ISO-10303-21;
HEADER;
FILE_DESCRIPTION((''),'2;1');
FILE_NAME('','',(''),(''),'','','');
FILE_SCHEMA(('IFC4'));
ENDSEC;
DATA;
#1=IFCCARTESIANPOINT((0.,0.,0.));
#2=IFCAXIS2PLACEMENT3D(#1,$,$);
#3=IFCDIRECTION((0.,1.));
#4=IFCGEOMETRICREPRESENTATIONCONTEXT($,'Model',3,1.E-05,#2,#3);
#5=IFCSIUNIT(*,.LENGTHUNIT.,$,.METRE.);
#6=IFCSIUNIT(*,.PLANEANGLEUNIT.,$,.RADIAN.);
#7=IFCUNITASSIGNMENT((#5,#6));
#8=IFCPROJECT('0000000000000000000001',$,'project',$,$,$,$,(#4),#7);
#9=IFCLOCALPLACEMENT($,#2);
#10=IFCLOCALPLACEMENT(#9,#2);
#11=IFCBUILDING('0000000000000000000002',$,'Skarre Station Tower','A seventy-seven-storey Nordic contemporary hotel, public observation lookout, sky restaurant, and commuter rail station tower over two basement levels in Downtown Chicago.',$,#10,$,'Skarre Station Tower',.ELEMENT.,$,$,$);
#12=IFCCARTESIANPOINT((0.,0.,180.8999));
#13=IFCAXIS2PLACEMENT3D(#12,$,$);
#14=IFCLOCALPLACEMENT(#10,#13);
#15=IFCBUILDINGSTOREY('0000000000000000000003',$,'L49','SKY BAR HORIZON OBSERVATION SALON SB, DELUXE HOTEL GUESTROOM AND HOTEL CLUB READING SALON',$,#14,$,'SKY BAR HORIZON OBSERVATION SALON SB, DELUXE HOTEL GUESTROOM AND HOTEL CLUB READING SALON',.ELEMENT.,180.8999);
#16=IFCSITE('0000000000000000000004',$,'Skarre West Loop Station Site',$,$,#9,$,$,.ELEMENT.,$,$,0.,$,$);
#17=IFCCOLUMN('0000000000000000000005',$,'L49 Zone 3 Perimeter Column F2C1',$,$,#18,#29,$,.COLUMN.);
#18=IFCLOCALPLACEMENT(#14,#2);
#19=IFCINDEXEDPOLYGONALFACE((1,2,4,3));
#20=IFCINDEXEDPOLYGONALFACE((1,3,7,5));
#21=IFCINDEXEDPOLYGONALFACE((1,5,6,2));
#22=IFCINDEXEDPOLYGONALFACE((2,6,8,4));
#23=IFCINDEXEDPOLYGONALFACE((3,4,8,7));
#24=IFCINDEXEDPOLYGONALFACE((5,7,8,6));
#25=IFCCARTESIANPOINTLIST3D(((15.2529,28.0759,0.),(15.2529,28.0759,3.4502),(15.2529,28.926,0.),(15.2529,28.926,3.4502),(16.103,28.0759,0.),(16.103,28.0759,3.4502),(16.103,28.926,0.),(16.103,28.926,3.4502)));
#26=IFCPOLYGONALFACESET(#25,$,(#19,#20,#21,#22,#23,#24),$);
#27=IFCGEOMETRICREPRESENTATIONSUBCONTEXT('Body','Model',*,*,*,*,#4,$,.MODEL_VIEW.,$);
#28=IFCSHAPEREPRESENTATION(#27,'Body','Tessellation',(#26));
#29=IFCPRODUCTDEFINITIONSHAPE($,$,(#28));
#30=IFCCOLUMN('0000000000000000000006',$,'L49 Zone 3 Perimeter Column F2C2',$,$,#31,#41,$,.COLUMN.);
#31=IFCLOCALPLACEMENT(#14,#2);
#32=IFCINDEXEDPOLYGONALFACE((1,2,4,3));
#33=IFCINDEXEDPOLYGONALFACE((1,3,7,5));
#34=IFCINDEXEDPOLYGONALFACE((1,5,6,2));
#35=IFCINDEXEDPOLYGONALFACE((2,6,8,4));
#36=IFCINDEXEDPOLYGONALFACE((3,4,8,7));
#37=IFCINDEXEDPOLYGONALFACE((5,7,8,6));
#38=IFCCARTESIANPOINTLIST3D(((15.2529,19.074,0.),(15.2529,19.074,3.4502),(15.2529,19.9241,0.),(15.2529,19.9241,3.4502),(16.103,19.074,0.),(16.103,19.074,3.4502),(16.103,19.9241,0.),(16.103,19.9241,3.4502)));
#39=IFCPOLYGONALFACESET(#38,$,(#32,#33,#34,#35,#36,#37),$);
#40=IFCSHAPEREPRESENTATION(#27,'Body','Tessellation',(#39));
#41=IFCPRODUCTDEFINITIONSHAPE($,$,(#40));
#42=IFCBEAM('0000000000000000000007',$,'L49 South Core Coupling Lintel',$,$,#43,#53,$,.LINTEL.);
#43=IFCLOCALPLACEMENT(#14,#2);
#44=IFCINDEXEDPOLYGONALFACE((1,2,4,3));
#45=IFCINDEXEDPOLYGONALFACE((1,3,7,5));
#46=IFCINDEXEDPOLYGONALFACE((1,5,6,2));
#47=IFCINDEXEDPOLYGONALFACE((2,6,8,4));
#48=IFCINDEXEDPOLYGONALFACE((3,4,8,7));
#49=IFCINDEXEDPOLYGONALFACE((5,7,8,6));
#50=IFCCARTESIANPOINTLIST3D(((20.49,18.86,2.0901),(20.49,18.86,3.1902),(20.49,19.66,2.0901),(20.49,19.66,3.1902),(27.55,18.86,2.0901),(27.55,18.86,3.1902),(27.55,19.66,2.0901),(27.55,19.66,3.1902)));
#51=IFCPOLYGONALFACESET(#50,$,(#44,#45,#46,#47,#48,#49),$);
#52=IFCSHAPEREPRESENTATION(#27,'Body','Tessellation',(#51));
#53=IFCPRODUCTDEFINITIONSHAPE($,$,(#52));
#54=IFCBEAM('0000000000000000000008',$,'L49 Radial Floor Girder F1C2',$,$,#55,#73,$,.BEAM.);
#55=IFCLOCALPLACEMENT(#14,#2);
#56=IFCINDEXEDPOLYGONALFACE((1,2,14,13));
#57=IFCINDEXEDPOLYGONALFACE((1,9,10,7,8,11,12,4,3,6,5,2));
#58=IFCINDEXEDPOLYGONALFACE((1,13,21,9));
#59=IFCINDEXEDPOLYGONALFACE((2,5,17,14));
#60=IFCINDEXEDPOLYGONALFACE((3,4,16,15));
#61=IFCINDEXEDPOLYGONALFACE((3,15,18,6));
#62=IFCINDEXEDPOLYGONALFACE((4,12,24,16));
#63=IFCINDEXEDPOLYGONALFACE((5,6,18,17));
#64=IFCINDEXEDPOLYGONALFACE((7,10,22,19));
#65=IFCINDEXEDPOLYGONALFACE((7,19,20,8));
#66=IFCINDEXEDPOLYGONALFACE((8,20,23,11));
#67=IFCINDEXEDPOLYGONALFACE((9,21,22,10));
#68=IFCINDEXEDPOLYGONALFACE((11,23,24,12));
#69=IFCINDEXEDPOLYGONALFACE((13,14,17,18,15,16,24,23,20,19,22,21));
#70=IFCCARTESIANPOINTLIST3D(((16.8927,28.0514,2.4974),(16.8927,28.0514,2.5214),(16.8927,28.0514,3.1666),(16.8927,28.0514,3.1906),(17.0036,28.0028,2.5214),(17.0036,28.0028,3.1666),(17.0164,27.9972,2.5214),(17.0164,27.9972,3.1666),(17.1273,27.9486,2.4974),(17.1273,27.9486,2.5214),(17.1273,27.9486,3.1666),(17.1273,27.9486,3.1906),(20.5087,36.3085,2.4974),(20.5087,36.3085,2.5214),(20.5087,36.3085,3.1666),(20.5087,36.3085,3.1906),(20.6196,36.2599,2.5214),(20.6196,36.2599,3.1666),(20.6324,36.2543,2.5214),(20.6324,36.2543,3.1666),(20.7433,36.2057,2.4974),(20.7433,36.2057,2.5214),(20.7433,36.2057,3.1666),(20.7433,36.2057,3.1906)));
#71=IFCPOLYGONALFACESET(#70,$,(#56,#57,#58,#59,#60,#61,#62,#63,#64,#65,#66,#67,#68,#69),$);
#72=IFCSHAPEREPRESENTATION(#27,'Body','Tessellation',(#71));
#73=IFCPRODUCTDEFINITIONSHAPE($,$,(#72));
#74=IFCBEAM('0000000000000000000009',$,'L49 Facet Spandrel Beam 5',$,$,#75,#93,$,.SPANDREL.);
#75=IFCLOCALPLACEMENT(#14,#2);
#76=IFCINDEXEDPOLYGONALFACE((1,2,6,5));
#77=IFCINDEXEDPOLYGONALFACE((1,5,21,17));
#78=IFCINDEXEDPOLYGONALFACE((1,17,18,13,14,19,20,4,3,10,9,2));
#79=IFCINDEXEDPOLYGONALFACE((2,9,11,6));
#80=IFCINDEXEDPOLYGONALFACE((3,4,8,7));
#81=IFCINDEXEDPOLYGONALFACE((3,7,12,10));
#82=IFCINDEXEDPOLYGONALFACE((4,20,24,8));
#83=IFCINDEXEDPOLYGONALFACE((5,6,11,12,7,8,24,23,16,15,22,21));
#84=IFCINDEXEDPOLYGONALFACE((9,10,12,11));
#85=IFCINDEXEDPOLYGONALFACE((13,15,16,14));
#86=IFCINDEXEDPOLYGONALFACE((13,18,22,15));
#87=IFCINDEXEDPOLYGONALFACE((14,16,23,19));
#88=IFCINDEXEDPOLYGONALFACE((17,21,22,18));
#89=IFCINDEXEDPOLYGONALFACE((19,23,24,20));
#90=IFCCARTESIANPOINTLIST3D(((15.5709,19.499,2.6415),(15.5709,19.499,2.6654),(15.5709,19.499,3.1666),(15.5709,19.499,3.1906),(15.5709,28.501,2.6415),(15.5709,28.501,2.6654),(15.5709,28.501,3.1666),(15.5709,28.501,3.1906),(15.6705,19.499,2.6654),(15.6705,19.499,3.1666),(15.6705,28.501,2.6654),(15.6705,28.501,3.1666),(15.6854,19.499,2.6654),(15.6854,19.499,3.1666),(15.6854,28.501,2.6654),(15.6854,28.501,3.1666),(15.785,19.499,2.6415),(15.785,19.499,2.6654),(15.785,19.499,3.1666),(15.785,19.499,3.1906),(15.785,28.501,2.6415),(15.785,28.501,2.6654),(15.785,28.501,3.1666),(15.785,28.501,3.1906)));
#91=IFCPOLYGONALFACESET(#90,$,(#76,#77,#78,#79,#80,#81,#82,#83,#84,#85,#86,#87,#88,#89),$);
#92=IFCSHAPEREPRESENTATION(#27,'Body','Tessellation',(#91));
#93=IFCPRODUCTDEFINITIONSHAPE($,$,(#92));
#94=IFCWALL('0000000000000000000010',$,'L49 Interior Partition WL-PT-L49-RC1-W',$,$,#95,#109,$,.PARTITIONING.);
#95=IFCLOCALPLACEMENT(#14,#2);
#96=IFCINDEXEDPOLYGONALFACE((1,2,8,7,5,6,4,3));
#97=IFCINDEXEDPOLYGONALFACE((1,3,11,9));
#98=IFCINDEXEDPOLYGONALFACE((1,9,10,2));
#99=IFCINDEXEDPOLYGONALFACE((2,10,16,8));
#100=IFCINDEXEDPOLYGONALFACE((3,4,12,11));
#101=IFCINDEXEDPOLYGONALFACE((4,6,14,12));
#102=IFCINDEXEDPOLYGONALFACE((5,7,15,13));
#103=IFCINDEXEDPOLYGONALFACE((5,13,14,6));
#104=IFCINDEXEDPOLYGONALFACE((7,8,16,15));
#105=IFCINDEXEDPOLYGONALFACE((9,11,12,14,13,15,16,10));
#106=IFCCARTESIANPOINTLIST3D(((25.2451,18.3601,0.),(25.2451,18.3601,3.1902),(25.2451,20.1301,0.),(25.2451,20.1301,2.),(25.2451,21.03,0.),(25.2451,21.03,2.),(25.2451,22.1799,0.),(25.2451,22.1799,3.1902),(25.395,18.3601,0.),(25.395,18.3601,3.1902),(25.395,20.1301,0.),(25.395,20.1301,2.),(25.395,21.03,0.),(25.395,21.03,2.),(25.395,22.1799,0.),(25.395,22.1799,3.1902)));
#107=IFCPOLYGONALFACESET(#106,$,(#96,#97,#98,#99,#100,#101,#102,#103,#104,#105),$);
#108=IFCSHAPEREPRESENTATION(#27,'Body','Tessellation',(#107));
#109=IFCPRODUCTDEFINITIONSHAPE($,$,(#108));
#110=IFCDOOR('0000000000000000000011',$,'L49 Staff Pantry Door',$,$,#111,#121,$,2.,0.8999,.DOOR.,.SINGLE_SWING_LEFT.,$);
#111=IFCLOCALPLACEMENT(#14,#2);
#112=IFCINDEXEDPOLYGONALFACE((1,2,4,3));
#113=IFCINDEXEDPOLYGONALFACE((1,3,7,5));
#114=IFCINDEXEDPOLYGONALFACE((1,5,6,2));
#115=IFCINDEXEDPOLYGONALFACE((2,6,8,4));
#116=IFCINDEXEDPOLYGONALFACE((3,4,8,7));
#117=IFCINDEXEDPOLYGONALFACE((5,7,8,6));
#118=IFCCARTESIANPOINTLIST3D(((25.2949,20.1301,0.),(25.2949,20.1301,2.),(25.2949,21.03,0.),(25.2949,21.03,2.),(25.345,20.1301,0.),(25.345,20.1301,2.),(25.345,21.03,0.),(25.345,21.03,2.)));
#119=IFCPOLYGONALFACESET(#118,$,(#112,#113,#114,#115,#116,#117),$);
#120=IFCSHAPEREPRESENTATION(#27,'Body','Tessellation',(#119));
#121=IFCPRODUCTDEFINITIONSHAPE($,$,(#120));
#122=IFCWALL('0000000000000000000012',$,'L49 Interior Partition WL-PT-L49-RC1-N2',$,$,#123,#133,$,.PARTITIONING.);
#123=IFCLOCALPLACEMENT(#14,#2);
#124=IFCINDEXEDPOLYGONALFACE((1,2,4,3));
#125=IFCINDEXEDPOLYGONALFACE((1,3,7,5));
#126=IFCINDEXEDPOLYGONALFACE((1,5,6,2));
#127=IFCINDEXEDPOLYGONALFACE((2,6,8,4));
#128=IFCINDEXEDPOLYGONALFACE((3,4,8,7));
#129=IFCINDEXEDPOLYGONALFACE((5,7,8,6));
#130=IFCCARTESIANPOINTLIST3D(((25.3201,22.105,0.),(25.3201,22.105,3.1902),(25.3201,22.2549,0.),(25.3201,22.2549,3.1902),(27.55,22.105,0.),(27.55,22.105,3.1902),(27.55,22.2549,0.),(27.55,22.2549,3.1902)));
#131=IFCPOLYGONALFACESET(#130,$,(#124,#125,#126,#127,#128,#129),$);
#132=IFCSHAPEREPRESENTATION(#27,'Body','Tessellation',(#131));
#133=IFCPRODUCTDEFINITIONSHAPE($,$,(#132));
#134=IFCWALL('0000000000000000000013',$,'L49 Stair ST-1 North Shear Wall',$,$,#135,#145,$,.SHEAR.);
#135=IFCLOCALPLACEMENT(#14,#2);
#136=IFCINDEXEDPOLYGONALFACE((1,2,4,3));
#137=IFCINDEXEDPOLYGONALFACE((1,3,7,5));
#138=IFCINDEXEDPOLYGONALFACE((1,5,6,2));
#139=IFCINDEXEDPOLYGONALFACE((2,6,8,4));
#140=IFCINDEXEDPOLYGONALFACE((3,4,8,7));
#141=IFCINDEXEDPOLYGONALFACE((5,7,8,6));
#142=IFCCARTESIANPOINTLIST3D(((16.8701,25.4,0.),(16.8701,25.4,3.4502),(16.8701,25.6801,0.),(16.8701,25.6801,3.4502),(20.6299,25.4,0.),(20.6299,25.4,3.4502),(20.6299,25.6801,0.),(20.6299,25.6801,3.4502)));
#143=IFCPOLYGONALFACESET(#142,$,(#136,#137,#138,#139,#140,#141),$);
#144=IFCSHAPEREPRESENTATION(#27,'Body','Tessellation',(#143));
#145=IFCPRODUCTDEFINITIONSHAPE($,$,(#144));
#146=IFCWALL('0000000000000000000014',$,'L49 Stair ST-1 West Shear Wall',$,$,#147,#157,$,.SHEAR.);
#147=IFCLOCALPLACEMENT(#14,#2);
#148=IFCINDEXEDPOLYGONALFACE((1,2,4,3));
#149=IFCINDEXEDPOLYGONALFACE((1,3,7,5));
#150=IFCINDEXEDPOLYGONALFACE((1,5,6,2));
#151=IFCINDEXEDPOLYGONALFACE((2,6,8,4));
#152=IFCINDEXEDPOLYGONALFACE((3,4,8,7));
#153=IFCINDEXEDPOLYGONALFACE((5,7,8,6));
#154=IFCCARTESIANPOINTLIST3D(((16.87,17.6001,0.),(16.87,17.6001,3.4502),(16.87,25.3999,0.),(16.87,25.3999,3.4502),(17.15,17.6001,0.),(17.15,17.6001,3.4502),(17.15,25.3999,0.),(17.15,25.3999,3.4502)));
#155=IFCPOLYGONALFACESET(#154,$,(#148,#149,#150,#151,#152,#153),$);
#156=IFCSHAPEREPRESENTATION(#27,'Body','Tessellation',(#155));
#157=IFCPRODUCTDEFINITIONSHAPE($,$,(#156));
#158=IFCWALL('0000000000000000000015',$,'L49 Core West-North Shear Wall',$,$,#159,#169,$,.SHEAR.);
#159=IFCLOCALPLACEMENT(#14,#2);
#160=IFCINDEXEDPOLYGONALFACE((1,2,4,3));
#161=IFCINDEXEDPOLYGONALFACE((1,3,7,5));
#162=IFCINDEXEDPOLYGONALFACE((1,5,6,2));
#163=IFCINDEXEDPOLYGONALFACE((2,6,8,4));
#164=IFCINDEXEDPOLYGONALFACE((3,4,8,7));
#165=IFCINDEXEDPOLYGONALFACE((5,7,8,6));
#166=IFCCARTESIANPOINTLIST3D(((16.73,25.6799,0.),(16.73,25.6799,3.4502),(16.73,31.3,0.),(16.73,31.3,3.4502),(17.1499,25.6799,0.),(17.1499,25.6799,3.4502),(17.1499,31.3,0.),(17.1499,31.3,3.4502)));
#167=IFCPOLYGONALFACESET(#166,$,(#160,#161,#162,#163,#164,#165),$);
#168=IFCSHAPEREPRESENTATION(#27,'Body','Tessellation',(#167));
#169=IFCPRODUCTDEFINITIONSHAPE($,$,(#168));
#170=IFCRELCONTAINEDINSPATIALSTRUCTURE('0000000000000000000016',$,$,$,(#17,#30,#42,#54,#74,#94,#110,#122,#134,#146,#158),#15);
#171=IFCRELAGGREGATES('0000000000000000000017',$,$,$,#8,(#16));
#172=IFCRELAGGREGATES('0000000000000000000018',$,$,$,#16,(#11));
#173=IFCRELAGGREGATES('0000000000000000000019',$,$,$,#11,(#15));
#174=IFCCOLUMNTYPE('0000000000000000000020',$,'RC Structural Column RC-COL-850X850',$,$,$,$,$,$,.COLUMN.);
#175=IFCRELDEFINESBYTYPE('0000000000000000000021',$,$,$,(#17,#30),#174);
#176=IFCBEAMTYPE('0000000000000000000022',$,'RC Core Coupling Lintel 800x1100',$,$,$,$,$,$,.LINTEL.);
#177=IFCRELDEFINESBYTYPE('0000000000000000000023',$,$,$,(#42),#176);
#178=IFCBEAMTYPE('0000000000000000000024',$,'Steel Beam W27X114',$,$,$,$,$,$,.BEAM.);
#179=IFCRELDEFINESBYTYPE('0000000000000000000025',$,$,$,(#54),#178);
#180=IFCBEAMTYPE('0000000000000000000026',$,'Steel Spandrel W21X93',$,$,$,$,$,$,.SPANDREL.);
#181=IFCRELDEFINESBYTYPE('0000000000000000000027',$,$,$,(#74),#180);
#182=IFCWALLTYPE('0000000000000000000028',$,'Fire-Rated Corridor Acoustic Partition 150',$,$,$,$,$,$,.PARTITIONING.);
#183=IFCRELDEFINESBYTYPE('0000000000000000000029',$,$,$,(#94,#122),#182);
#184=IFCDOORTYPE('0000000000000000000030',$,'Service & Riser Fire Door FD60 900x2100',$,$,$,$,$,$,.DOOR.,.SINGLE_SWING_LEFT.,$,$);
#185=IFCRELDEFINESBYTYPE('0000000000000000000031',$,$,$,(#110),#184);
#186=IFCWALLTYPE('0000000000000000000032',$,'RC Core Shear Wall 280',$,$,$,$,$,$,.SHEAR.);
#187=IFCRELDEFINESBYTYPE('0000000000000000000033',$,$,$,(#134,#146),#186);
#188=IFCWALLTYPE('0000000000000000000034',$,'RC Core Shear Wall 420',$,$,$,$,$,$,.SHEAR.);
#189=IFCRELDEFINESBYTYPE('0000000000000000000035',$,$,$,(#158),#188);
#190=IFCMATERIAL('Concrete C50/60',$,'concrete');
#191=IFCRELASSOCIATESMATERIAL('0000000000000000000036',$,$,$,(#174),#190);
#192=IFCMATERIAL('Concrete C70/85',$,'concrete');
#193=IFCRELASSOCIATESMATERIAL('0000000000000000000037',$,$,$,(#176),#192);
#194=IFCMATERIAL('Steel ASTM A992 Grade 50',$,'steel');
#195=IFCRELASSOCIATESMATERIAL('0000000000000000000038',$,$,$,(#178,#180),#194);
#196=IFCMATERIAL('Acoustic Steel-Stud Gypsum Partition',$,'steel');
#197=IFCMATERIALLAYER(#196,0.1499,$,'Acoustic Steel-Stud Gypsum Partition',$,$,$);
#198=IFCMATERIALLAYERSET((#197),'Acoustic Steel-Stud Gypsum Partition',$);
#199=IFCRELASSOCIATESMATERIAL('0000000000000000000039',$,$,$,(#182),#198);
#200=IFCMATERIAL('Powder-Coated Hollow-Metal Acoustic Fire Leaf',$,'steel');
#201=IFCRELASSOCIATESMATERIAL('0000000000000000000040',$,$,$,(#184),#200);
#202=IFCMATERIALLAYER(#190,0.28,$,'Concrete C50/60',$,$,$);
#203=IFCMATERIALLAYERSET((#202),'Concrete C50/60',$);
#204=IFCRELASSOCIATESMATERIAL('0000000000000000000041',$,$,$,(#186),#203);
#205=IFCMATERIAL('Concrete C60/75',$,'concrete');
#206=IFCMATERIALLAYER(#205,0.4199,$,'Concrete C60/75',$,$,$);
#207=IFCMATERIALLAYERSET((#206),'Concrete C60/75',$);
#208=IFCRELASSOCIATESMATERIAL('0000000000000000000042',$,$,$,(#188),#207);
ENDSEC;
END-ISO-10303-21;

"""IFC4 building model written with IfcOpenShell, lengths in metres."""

from ifc_helpers import new_model, si_unit, direction, frame, frame_2d, origin, origin_2d, place, context, subcontext, project, spatial, rectangle, i_section, extrude, material, layer, layer_set, material_profile, profile_set, type_object, element, fill, save


model = new_model("IFC4")

# Units and contexts
model_context = context("Model", 3, precision=1e-05, world=origin(), true_north=direction((0.0, 1.0)))
body_context = subcontext(model_context, "Body", "Model", "MODEL_VIEW")
ifc_project = project(units=[si_unit("LENGTHUNIT", "METRE"), si_unit("PLANEANGLEUNIT", "RADIAN")], contexts=[model_context])

# Site, building, storey
site_placement = place(None, origin())
site = spatial("IfcSite", under=ifc_project, at=site_placement, Name="Skarre West Loop Station Site", CompositionType="ELEMENT", RefElevation=0.0)
building_placement = place(site_placement, origin())
building = spatial("IfcBuilding", under=site, at=building_placement, Name="Skarre Station Tower", Description="A seventy-seven-storey Nordic contemporary hotel, public observation lookout, sky restaurant, and commuter rail station tower over two basement levels in Downtown Chicago.", LongName="Skarre Station Tower", CompositionType="ELEMENT")
storey_placement = place(building_placement, frame((0.0, 0.0, 180.8999)))
storey = spatial("IfcBuildingStorey", under=building, at=storey_placement, Name="L49", Description="SKY BAR HORIZON OBSERVATION SALON SB, DELUXE HOTEL GUESTROOM AND HOTEL CLUB READING SALON", LongName="SKY BAR HORIZON OBSERVATION SALON SB, DELUXE HOTEL GUESTROOM AND HOTEL CLUB READING SALON", CompositionType="ELEMENT", Elevation=180.8999)

# Columns
ifc_material_1 = material(Name="Concrete C50/60", Category="concrete")
ifc_material_profile_1 = material_profile(ifc_material_1, rectangle(XDim=0.8501, YDim=0.8501, at=origin_2d()), Name="Concrete C50/60")
ifc_profile_set_1 = profile_set([ifc_material_profile_1], Name="Concrete C50/60")
column_type = type_object("IfcColumnType", Name="RC Structural Column RC-COL-850X850", PredefinedType="COLUMN", material=ifc_profile_set_1)
for number, where, z_axis, x_axis, name in (
    (1, (15.678, 28.501, 0.0), (0.0, 0.0, 1.0), (1.0, 0.0, 0.0), "L49 Zone 3 Perimeter Column F2C1"),
    (2, (15.678, 19.499, 0.0), (0.0, 0.0, 1.0), (1.0, 0.0, 0.0), "L49 Zone 3 Perimeter Column F2C2"),
):
    element("IfcColumn", number, at=place(storey_placement, frame(where, z_axis=z_axis, x_axis=x_axis)), inside=storey, type_object=column_type, Name=name, PredefinedType="COLUMN", context=body_context, shape_type="SweptSolid", body=[
        extrude(rectangle(XDim=0.8501, YDim=0.8501, at=origin_2d()), origin(), (0.0, 0.0, 1.0), 3.4502),
    ])

# Beams
ifc_material_2 = material(Name="Concrete C70/85", Category="concrete")
ifc_material_profile_2 = material_profile(ifc_material_2, rectangle(XDim=0.8, YDim=1.1001, at=origin_2d()), Name="Concrete C70/85")
ifc_profile_set_2 = profile_set([ifc_material_profile_2], Name="Concrete C70/85")
beam_type_1 = type_object("IfcBeamType", Name="RC Core Coupling Lintel 800x1100", PredefinedType="LINTEL", material=ifc_profile_set_2)
beam_1_placement = place(storey_placement, frame((20.49, 19.26, 2.6401), z_axis=(1.0, 0.0, 0.0), x_axis=(0.0, 1.0, 0.0)))
element("IfcBeam", 3, at=beam_1_placement, inside=storey, type_object=beam_type_1, Name="L49 South Core Coupling Lintel", PredefinedType="LINTEL", context=body_context, shape_type="SweptSolid", body=[
    extrude(rectangle(XDim=0.8, YDim=1.1001, at=origin_2d()), origin(), (0.0, 0.0, 1.0), 7.0601),
])
ifc_material_3 = material(Name="Steel ASTM A992 Grade 50", Category="steel")
ifc_material_profile_3 = material_profile(ifc_material_3, i_section(OverallWidth=0.2561, OverallDepth=0.6931, WebThickness=0.0139, FlangeThickness=0.0239, at=origin_2d()), Name="Steel ASTM A992 Grade 50")
ifc_profile_set_3 = profile_set([ifc_material_profile_3], Name="Steel ASTM A992 Grade 50")
beam_type_2 = type_object("IfcBeamType", Name="Steel Beam W27X114", PredefinedType="BEAM", material=ifc_profile_set_3)
beam_2_placement = place(storey_placement, frame((17.01, 28.0, 2.844), z_axis=(0.401144, 0.916015, 0.0), x_axis=(-0.916015, 0.401144, 0.0)))
element("IfcBeam", 4, at=beam_2_placement, inside=storey, type_object=beam_type_2, Name="L49 Radial Floor Girder F1C2", PredefinedType="BEAM", context=body_context, shape_type="SweptSolid", body=[
    extrude(i_section(OverallWidth=0.2561, OverallDepth=0.6931, WebThickness=0.0139, FlangeThickness=0.0239, at=origin_2d()), origin(), (0.0, 0.0, 1.0), 9.0142),
])
ifc_material_profile_4 = material_profile(ifc_material_3, i_section(OverallWidth=0.2141, OverallDepth=0.5491, WebThickness=0.0149, FlangeThickness=0.0239, at=origin_2d()), Name="Steel ASTM A992 Grade 50")
ifc_profile_set_4 = profile_set([ifc_material_profile_4], Name="Steel ASTM A992 Grade 50")
beam_type_3 = type_object("IfcBeamType", Name="Steel Spandrel W21X93", PredefinedType="SPANDREL", material=ifc_profile_set_4)
beam_3_placement = place(storey_placement, frame((15.678, 28.501, 2.916), z_axis=(0.0, -1.0, 0.0), x_axis=(1.0, 0.0, 0.0)))
element("IfcBeam", 5, at=beam_3_placement, inside=storey, type_object=beam_type_3, Name="L49 Facet Spandrel Beam 5", PredefinedType="SPANDREL", context=body_context, shape_type="SweptSolid", body=[
    extrude(i_section(OverallWidth=0.2141, OverallDepth=0.5491, WebThickness=0.0149, FlangeThickness=0.0239, at=origin_2d()), origin(), (0.0, 0.0, 1.0), 9.002),
])

# Wall, opening, door
ifc_material_4 = material(Name="Acoustic Steel-Stud Gypsum Partition", Category="steel")
ifc_layer_1 = layer(ifc_material_4, 0.1499, Name="Acoustic Steel-Stud Gypsum Partition")
ifc_layer_set_1 = layer_set([ifc_layer_1], Name="Acoustic Steel-Stud Gypsum Partition")
wall_type_1 = type_object("IfcWallType", Name="Fire-Rated Corridor Acoustic Partition 150", PredefinedType="PARTITIONING", material=ifc_layer_set_1)
wall_1_placement = place(storey_placement, frame((25.3201, 22.1799, 0.0), z_axis=(0.0, 0.0, 1.0), x_axis=(0.0, -1.0, 0.0)))
wall_1 = element("IfcWall", 6, at=wall_1_placement, inside=storey, type_object=wall_type_1, Name="L49 Interior Partition WL-PT-L49-RC1-W", PredefinedType="PARTITIONING", context=body_context, shape_type="SweptSolid", body=[
    extrude(rectangle(XDim=3.8198, YDim=0.1499, at=frame_2d((1.9099, 0.0))), origin(), (0.0, 0.0, 1.0), 3.1902),
])
opening_1_placement = place(wall_1_placement, frame((1.1499, 0.0, 0.0)))
opening_1 = element("IfcOpeningElement", 7, at=opening_1_placement, cuts=wall_1, PredefinedType="OPENING", context=body_context, shape_type="SweptSolid", body=[
    extrude(rectangle(XDim=0.8999, YDim=2.0, at=frame_2d((0.45, 1.0))), frame((0.0, 0.085, 0.0), z_axis=(0.0, -1.0, 0.0), x_axis=(1.0, 0.0, 0.0)), (0.0, 0.0, 1.0), 0.1699),
])
ifc_material_5 = material(Name="Powder-Coated Hollow-Metal Acoustic Fire Leaf", Category="steel")
door_type_1 = type_object("IfcDoorType", Name="Service & Riser Fire Door FD60 900x2100", OperationType="SINGLE_SWING_LEFT", PredefinedType="DOOR", material=ifc_material_5)
door_1_placement = place(opening_1_placement, origin())
door_1 = element("IfcDoor", 8, at=door_1_placement, inside=storey, type_object=door_type_1, Name="L49 Staff Pantry Door", OperationType="SINGLE_SWING_LEFT", OverallHeight=2.0, OverallWidth=0.8999, PredefinedType="DOOR", context=body_context, shape_type="SweptSolid", body=[
    extrude(rectangle(XDim=0.8999, YDim=2.0, at=frame_2d((0.45, 1.0))), frame((0.0, 0.0249, 0.0), z_axis=(0.0, -1.0, 0.0), x_axis=(1.0, 0.0, 0.0)), (0.0, 0.0, 1.0), 0.05),
])
fill(opening_1, door_1)

# Walls
wall_2_placement = place(storey_placement, frame((25.3201, 22.1799, 0.0), z_axis=(0.0, 0.0, 1.0), x_axis=(1.0, 0.0, 0.0)))
element("IfcWall", 9, at=wall_2_placement, inside=storey, type_object=wall_type_1, Name="L49 Interior Partition WL-PT-L49-RC1-N2", PredefinedType="PARTITIONING", context=body_context, shape_type="SweptSolid", body=[
    extrude(rectangle(XDim=2.23, YDim=0.1499, at=frame_2d((1.115, 0.0))), origin(), (0.0, 0.0, 1.0), 3.1902),
])
ifc_layer_2 = layer(ifc_material_1, 0.28, Name="Concrete C50/60")
ifc_layer_set_2 = layer_set([ifc_layer_2], Name="Concrete C50/60")
wall_type_2 = type_object("IfcWallType", Name="RC Core Shear Wall 280", PredefinedType="SHEAR", material=ifc_layer_set_2)
wall_3_placement = place(storey_placement, frame((20.6299, 25.54, 0.0), z_axis=(0.0, 0.0, 1.0), x_axis=(-1.0, 0.0, 0.0)))
element("IfcWall", 10, at=wall_3_placement, inside=storey, type_object=wall_type_2, Name="L49 Stair ST-1 North Shear Wall", PredefinedType="SHEAR", context=body_context, shape_type="SweptSolid", body=[
    extrude(rectangle(XDim=3.7598, YDim=0.28, at=frame_2d((1.8799, 0.0))), origin(), (0.0, 0.0, 1.0), 3.4502),
])
wall_4_placement = place(storey_placement, frame((17.01, 25.3999, 0.0), z_axis=(0.0, 0.0, 1.0), x_axis=(0.0, -1.0, 0.0)))
element("IfcWall", 11, at=wall_4_placement, inside=storey, type_object=wall_type_2, Name="L49 Stair ST-1 West Shear Wall", PredefinedType="SHEAR", context=body_context, shape_type="SweptSolid", body=[
    extrude(rectangle(XDim=7.7998, YDim=0.28, at=frame_2d((3.8999, 0.0))), origin(), (0.0, 0.0, 1.0), 3.4502),
])
ifc_material_6 = material(Name="Concrete C60/75", Category="concrete")
ifc_layer_3 = layer(ifc_material_6, 0.4199, Name="Concrete C60/75")
ifc_layer_set_3 = layer_set([ifc_layer_3], Name="Concrete C60/75")
wall_type_3 = type_object("IfcWallType", Name="RC Core Shear Wall 420", PredefinedType="SHEAR", material=ifc_layer_set_3)
wall_5_placement = place(storey_placement, frame((16.9399, 25.6799, 0.0), z_axis=(0.0, 0.0, 1.0), x_axis=(0.0, 1.0, 0.0)))
element("IfcWall", 12, at=wall_5_placement, inside=storey, type_object=wall_type_3, Name="L49 Core West-North Shear Wall", PredefinedType="SHEAR", context=body_context, shape_type="SweptSolid", body=[
    extrude(rectangle(XDim=5.6201, YDim=0.4199, at=frame_2d((2.8101, 0.0))), origin(), (0.0, 0.0, 1.0), 3.4502),
])

save(model, "model.ifc")
